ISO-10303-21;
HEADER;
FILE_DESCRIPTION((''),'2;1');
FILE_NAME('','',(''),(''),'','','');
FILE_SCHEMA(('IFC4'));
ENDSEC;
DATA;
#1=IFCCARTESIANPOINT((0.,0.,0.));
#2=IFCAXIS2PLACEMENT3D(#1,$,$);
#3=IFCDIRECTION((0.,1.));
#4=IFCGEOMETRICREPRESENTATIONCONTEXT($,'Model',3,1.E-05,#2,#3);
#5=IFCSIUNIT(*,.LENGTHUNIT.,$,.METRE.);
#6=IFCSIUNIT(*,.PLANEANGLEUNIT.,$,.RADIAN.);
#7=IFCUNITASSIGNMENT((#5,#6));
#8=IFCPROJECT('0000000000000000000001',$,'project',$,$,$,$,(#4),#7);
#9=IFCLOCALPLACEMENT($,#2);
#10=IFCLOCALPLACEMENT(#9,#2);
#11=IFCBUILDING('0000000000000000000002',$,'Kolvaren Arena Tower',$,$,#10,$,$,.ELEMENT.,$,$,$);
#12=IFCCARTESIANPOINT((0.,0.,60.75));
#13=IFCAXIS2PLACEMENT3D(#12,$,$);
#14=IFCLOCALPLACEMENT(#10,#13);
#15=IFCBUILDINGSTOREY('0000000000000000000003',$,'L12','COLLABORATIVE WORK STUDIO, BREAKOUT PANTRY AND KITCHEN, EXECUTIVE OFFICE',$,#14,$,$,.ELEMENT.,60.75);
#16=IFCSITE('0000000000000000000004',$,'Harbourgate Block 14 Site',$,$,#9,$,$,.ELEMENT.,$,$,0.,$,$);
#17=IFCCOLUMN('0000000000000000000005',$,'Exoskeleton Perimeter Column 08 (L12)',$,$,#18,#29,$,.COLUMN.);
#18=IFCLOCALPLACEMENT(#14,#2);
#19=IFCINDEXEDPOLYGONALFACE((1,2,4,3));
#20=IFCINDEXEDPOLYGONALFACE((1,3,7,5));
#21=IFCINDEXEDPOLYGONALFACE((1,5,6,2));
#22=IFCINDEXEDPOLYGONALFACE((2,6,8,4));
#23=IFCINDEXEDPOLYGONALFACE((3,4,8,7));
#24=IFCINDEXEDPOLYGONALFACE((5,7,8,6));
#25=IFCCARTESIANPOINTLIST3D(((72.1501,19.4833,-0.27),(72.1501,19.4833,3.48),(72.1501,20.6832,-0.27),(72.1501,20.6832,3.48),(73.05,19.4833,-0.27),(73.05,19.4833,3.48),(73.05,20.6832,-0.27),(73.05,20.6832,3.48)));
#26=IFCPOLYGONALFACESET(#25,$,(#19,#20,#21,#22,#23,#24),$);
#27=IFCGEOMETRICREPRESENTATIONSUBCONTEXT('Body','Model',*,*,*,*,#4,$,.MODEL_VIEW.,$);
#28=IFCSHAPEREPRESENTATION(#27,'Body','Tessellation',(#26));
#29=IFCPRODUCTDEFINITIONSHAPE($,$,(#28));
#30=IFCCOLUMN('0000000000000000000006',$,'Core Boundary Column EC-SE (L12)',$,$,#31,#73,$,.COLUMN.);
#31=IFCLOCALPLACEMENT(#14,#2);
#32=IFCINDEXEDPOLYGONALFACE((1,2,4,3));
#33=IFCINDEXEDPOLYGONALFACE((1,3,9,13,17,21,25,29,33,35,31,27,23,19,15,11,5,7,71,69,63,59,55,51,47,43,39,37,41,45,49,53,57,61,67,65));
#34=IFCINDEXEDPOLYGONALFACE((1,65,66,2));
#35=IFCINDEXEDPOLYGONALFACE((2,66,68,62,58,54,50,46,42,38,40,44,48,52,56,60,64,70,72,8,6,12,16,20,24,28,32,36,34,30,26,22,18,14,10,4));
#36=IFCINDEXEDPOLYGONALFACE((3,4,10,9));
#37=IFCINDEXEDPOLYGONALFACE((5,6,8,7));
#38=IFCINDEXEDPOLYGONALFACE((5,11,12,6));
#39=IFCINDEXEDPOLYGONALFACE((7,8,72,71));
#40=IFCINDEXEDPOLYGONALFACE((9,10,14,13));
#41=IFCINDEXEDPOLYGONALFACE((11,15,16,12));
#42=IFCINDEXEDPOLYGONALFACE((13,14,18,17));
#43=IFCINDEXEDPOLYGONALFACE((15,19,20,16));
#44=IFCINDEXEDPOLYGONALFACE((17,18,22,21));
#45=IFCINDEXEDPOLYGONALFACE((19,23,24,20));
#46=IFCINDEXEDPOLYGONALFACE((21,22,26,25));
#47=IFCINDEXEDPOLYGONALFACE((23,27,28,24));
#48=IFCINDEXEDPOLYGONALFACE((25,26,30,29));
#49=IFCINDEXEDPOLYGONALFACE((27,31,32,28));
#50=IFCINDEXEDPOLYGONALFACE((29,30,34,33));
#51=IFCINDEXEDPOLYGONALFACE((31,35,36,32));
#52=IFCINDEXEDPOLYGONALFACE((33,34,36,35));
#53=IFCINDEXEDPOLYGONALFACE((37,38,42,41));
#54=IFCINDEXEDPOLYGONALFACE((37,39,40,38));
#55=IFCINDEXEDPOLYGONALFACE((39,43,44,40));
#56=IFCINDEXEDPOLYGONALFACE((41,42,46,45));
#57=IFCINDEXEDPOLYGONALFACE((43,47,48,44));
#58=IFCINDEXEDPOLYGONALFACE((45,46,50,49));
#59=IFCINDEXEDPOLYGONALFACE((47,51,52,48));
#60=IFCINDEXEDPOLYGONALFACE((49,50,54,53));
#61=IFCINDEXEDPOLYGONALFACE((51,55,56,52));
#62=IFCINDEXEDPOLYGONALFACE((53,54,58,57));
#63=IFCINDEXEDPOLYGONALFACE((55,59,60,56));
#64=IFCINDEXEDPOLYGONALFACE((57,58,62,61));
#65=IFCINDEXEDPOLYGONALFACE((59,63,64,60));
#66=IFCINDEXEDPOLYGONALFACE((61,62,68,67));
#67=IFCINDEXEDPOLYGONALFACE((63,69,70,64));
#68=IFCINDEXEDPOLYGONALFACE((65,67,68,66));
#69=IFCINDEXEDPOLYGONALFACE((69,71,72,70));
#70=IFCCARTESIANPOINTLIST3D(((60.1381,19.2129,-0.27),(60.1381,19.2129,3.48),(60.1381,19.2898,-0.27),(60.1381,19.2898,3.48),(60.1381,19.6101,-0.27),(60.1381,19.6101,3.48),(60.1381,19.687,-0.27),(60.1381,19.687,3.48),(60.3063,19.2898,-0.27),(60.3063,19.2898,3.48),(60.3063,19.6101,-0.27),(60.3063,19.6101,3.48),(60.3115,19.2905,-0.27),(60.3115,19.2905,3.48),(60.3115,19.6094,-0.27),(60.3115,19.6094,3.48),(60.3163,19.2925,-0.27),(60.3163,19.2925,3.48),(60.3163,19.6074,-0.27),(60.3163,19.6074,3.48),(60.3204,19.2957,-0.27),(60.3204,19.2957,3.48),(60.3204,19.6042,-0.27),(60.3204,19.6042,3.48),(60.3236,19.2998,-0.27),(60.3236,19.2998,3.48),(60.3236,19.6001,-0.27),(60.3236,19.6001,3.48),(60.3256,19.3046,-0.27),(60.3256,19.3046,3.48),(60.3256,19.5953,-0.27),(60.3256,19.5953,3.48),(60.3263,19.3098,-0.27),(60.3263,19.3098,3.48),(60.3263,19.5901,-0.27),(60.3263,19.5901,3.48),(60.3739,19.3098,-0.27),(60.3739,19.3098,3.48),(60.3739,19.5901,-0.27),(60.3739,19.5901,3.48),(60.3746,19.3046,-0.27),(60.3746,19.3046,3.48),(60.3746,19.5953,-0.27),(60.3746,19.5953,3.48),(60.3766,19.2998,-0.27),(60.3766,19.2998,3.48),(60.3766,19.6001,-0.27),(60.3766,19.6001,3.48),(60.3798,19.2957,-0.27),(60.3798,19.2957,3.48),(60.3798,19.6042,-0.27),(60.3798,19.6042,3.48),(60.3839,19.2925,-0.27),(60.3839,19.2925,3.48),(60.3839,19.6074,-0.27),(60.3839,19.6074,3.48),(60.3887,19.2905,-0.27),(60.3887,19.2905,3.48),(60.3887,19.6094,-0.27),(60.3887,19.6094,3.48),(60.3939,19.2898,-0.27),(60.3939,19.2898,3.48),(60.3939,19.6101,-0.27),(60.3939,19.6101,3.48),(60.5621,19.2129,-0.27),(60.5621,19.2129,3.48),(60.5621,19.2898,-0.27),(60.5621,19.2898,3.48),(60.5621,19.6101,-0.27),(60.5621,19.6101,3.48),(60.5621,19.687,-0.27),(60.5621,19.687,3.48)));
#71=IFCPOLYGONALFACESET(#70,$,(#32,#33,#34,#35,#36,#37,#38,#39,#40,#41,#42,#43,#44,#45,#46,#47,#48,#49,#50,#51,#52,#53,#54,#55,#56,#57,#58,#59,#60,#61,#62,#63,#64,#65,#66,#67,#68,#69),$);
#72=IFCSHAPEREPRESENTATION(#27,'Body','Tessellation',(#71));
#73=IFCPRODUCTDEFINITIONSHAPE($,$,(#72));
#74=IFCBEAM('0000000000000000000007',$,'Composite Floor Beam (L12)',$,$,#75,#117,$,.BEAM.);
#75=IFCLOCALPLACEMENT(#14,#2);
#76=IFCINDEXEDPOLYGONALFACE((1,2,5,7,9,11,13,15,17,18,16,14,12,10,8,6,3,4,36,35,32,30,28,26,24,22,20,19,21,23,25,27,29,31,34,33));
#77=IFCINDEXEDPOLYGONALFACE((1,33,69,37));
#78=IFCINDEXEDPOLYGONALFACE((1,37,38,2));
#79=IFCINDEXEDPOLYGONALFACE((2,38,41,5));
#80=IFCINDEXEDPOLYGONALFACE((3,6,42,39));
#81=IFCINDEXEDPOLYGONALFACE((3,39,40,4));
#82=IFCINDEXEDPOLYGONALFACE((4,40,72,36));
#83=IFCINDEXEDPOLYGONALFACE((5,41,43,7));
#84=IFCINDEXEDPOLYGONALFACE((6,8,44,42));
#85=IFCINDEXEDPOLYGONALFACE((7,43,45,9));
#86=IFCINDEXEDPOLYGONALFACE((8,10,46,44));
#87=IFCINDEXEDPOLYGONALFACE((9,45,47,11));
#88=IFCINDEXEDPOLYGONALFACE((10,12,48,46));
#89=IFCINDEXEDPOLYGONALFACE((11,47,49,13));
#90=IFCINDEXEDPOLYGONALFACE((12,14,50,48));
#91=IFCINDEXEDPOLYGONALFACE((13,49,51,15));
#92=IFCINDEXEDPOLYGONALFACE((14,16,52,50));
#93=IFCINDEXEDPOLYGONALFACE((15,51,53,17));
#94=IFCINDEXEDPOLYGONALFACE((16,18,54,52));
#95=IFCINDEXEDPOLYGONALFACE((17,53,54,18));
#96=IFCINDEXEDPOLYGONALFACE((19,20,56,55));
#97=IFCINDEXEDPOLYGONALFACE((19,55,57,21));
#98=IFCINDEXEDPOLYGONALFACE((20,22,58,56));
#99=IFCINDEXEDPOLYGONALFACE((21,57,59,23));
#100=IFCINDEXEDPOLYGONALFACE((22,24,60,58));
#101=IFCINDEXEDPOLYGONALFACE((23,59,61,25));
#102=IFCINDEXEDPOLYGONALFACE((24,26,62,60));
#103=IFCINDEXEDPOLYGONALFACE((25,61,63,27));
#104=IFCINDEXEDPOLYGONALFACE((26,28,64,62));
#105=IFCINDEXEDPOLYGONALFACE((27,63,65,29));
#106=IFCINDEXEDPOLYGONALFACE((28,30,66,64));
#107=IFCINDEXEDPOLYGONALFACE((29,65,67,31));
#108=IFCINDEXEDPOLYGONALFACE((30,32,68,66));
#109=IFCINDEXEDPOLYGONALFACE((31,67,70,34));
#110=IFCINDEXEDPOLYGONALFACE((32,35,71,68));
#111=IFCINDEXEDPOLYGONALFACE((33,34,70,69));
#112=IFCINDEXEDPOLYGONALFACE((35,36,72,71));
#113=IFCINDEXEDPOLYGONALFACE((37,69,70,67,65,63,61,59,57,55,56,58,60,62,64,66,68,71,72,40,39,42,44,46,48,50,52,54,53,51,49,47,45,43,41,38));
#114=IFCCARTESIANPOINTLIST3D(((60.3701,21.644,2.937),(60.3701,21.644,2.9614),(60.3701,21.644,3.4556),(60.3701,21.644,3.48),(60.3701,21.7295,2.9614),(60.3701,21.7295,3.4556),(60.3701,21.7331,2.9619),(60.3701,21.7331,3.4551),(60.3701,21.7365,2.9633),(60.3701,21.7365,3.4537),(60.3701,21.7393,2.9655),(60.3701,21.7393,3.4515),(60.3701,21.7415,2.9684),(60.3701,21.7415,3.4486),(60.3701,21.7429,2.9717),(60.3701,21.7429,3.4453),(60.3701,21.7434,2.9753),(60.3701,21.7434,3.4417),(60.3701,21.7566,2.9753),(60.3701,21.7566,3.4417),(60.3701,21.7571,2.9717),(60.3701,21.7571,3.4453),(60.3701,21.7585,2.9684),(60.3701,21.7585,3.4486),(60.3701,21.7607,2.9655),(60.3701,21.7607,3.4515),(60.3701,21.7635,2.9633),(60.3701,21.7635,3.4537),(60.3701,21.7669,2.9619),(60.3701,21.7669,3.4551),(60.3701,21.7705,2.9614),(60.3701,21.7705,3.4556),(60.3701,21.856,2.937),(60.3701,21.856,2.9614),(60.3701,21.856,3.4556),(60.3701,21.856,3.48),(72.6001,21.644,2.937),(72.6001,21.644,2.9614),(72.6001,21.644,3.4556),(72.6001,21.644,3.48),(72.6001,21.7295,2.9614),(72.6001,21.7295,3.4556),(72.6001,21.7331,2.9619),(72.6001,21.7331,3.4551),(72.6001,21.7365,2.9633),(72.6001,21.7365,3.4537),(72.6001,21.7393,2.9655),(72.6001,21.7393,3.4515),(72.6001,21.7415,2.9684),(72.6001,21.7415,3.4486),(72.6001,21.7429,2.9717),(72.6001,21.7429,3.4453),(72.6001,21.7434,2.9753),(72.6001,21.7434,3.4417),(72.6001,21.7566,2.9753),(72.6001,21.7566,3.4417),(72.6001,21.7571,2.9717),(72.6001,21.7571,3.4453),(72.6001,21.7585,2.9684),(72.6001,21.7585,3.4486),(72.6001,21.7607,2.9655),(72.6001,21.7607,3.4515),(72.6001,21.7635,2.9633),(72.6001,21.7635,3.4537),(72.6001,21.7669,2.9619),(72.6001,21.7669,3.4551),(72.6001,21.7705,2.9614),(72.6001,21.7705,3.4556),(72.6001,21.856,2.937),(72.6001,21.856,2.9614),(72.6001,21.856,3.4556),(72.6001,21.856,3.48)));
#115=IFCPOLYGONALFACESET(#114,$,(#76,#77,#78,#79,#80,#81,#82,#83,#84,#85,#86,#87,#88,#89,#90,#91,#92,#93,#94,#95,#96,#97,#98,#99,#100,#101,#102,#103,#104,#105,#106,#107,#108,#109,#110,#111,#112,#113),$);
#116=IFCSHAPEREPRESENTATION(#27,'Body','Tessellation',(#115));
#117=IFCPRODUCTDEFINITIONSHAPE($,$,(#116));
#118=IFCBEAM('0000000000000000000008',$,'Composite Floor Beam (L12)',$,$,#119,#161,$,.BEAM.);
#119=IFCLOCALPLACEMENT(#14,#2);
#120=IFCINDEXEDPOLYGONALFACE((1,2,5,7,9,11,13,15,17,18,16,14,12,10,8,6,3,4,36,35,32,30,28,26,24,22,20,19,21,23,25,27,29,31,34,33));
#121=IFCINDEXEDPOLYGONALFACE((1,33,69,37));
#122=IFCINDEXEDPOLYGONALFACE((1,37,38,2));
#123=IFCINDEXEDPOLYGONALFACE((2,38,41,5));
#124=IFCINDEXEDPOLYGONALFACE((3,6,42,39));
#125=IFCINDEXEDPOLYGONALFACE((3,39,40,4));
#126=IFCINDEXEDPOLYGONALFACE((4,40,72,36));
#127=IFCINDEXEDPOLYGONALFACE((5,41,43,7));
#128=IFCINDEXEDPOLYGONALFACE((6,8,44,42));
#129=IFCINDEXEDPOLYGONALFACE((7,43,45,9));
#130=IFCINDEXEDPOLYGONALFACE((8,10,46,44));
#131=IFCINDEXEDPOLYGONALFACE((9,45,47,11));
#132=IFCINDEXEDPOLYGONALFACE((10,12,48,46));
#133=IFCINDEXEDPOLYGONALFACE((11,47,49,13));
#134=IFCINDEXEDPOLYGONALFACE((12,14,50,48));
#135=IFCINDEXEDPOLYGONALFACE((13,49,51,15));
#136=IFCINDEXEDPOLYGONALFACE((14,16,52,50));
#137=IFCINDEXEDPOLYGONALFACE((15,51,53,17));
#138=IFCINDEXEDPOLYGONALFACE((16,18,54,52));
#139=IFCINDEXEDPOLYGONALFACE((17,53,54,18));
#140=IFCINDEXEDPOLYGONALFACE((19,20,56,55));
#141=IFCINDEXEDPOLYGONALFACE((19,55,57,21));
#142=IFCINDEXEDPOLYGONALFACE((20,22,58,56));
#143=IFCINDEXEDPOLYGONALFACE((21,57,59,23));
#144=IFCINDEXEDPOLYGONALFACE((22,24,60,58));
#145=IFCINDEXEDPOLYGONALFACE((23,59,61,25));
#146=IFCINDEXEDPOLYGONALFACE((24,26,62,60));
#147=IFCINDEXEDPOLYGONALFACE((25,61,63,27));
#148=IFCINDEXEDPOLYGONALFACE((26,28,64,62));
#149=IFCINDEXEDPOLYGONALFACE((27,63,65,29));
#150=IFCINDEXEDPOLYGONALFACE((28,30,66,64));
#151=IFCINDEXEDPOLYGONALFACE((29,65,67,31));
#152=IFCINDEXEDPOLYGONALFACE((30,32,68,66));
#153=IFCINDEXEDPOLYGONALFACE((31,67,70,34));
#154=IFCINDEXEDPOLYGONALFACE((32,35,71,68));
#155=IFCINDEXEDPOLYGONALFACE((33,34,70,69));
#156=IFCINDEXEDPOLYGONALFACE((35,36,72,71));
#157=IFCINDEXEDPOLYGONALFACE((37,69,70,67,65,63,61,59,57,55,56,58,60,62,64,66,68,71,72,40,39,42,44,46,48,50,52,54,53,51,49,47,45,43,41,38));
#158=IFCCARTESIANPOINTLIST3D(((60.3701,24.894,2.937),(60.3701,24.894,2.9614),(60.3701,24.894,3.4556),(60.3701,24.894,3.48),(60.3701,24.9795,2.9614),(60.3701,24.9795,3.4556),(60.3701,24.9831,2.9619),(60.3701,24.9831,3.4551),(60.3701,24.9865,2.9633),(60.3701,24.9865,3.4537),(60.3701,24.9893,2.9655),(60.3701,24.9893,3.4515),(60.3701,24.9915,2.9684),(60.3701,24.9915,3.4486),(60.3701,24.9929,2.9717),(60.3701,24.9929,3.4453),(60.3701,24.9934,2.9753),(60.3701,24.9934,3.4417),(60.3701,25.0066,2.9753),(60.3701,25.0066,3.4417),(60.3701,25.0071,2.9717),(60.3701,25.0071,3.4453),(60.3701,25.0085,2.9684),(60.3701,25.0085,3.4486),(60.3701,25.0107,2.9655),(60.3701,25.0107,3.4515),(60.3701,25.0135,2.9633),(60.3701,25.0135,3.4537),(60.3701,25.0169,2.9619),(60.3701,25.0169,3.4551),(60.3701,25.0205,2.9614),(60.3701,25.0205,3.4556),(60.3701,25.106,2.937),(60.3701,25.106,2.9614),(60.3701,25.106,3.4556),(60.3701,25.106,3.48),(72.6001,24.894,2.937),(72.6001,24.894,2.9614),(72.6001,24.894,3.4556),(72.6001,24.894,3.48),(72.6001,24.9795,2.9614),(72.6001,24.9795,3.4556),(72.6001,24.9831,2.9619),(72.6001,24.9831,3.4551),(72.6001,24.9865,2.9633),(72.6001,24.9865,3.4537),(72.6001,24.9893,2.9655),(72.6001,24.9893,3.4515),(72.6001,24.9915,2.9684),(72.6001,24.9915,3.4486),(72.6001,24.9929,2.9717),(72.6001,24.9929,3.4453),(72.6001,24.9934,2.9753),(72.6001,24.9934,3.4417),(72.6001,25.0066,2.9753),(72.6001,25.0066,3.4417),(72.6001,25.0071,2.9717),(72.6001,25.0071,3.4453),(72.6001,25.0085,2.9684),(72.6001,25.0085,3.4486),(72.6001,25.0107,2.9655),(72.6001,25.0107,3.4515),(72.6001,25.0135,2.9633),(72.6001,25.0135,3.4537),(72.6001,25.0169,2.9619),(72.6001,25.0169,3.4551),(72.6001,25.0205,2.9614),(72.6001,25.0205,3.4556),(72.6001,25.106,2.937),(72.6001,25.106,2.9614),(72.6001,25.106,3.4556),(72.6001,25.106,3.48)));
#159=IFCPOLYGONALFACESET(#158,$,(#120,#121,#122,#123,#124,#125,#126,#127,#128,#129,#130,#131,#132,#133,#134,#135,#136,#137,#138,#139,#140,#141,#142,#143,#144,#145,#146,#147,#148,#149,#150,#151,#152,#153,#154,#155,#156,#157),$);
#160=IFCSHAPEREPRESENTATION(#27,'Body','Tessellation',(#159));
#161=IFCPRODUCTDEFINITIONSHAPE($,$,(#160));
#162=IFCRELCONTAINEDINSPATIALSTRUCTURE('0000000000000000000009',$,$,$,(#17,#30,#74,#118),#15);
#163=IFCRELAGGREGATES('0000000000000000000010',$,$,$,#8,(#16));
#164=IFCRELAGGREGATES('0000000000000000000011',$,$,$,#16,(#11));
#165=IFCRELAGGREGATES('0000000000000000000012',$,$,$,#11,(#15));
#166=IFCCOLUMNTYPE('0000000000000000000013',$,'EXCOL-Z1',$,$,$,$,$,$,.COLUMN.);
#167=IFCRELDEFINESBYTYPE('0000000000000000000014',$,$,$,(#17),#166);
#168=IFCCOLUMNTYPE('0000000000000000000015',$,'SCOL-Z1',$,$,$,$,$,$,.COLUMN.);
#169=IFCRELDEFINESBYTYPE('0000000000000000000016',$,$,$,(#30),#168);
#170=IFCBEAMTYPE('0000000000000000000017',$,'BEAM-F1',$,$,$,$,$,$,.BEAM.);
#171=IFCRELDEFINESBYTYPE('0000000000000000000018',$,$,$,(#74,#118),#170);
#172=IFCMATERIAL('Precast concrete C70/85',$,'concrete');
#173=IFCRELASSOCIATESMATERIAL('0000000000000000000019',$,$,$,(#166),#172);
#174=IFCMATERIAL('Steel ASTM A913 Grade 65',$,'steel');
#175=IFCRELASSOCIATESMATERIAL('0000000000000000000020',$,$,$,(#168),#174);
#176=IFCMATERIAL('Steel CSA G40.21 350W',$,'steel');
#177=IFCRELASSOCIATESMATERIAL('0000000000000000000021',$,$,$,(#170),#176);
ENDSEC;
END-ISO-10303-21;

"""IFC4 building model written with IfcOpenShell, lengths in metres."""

from ifc_helpers import new_model, si_unit, direction, frame, origin, origin_2d, place, context, subcontext, project, spatial, rectangle, i_section, extrude, material, material_profile, profile_set, type_object, element, save


model = new_model("IFC4")

# Units and contexts
model_context = context("Model", 3, precision=1e-05, world=origin(), true_north=direction((0.0, 1.0)))
body_context = subcontext(model_context, "Body", "Model", "MODEL_VIEW")
ifc_project = project(units=[si_unit("LENGTHUNIT", "METRE"), si_unit("PLANEANGLEUNIT", "RADIAN")], contexts=[model_context])

# Site, building, storey
site_placement = place(None, origin())
site = spatial("IfcSite", under=ifc_project, at=site_placement, Name="Harbourgate Block 14 Site", CompositionType="ELEMENT", RefElevation=0.0)
building_placement = place(site_placement, origin())
building = spatial("IfcBuilding", under=site, at=building_placement, Name="Kolvaren Arena Tower", CompositionType="ELEMENT")
storey_placement = place(building_placement, frame((0.0, 0.0, 60.75)))
storey = spatial("IfcBuildingStorey", under=building, at=storey_placement, Name="L12", Description="COLLABORATIVE WORK STUDIO, BREAKOUT PANTRY AND KITCHEN, EXECUTIVE OFFICE", CompositionType="ELEMENT", Elevation=60.75)

# Columns
ifc_material_1 = material(Name="Precast concrete C70/85", Category="concrete")
ifc_material_profile_1 = material_profile(ifc_material_1, rectangle(XDim=1.2, YDim=0.8999, at=origin_2d()), Name="RC-1200x900")
ifc_profile_set_1 = profile_set([ifc_material_profile_1], Name="Precast concrete C70/85")
column_type_1 = type_object("IfcColumnType", Name="EXCOL-Z1", PredefinedType="COLUMN", material=ifc_profile_set_1)
column_1_placement = place(storey_placement, frame((72.6001, 20.0833, -0.27), z_axis=(0.0, 0.0, 1.0), x_axis=(0.0, 1.0, 0.0)))
element("IfcColumn", 1, at=column_1_placement, inside=storey, type_object=column_type_1, Name="Exoskeleton Perimeter Column 08 (L12)", PredefinedType="COLUMN", context=body_context, shape_type="SweptSolid", body=[
    extrude(rectangle(XDim=1.2, YDim=0.8999, at=origin_2d()), origin(), (0.0, 0.0, 1.0), 3.75),
])
ifc_material_2 = material(Name="Steel ASTM A913 Grade 65", Category="steel")
ifc_material_profile_2 = material_profile(ifc_material_2, i_section(OverallWidth=0.4241, OverallDepth=0.4741, WebThickness=0.0476, FlangeThickness=0.0769, FilletRadius=0.02, at=origin_2d()), Name="W360x634")
ifc_profile_set_2 = profile_set([ifc_material_profile_2], Name="Steel ASTM A913 Grade 65")
column_type_2 = type_object("IfcColumnType", Name="SCOL-Z1", PredefinedType="COLUMN", material=ifc_profile_set_2)
column_2_placement = place(storey_placement, frame((60.3501, 19.45, -0.27), z_axis=(0.0, 0.0, 1.0), x_axis=(1.0, 0.0, 0.0)))
element("IfcColumn", 2, at=column_2_placement, inside=storey, type_object=column_type_2, Name="Core Boundary Column EC-SE (L12)", PredefinedType="COLUMN", context=body_context, shape_type="SweptSolid", body=[
    extrude(i_section(OverallWidth=0.4241, OverallDepth=0.4741, WebThickness=0.0476, FlangeThickness=0.0769, FilletRadius=0.02, at=origin_2d()), origin(), (0.0, 0.0, 1.0), 3.75),
])

# Beams
ifc_material_3 = material(Name="Steel CSA G40.21 350W", Category="steel")
ifc_material_profile_3 = material_profile(ifc_material_3, i_section(OverallWidth=0.2119, OverallDepth=0.543, WebThickness=0.0132, FlangeThickness=0.0244, FilletRadius=0.0139, at=origin_2d()), Name="W530x150")
ifc_profile_set_3 = profile_set([ifc_material_profile_3], Name="Steel CSA G40.21 350W")
beam_type_1 = type_object("IfcBeamType", Name="BEAM-F1", PredefinedType="BEAM", material=ifc_profile_set_3)
for number, where, z_axis, x_axis, name in (
    (3, (60.3701, 21.75, 3.2085), (1.0, 0.0, 0.0), (0.0, 1.0, 0.0), "Composite Floor Beam (L12)"),
    (4, (60.3701, 25.0, 3.2085), (1.0, 0.0, 0.0), (0.0, 1.0, 0.0), "Composite Floor Beam (L12)"),
):
    element("IfcBeam", number, at=place(storey_placement, frame(where, z_axis=z_axis, x_axis=x_axis)), inside=storey, type_object=beam_type_1, Name=name, PredefinedType="BEAM", context=body_context, shape_type="SweptSolid", body=[
        extrude(i_section(OverallWidth=0.2119, OverallDepth=0.543, WebThickness=0.0132, FlangeThickness=0.0244, FilletRadius=0.0139, at=origin_2d()), origin(), (0.0, 0.0, 1.0), 12.23),
    ])

save(model, "model.ifc")
